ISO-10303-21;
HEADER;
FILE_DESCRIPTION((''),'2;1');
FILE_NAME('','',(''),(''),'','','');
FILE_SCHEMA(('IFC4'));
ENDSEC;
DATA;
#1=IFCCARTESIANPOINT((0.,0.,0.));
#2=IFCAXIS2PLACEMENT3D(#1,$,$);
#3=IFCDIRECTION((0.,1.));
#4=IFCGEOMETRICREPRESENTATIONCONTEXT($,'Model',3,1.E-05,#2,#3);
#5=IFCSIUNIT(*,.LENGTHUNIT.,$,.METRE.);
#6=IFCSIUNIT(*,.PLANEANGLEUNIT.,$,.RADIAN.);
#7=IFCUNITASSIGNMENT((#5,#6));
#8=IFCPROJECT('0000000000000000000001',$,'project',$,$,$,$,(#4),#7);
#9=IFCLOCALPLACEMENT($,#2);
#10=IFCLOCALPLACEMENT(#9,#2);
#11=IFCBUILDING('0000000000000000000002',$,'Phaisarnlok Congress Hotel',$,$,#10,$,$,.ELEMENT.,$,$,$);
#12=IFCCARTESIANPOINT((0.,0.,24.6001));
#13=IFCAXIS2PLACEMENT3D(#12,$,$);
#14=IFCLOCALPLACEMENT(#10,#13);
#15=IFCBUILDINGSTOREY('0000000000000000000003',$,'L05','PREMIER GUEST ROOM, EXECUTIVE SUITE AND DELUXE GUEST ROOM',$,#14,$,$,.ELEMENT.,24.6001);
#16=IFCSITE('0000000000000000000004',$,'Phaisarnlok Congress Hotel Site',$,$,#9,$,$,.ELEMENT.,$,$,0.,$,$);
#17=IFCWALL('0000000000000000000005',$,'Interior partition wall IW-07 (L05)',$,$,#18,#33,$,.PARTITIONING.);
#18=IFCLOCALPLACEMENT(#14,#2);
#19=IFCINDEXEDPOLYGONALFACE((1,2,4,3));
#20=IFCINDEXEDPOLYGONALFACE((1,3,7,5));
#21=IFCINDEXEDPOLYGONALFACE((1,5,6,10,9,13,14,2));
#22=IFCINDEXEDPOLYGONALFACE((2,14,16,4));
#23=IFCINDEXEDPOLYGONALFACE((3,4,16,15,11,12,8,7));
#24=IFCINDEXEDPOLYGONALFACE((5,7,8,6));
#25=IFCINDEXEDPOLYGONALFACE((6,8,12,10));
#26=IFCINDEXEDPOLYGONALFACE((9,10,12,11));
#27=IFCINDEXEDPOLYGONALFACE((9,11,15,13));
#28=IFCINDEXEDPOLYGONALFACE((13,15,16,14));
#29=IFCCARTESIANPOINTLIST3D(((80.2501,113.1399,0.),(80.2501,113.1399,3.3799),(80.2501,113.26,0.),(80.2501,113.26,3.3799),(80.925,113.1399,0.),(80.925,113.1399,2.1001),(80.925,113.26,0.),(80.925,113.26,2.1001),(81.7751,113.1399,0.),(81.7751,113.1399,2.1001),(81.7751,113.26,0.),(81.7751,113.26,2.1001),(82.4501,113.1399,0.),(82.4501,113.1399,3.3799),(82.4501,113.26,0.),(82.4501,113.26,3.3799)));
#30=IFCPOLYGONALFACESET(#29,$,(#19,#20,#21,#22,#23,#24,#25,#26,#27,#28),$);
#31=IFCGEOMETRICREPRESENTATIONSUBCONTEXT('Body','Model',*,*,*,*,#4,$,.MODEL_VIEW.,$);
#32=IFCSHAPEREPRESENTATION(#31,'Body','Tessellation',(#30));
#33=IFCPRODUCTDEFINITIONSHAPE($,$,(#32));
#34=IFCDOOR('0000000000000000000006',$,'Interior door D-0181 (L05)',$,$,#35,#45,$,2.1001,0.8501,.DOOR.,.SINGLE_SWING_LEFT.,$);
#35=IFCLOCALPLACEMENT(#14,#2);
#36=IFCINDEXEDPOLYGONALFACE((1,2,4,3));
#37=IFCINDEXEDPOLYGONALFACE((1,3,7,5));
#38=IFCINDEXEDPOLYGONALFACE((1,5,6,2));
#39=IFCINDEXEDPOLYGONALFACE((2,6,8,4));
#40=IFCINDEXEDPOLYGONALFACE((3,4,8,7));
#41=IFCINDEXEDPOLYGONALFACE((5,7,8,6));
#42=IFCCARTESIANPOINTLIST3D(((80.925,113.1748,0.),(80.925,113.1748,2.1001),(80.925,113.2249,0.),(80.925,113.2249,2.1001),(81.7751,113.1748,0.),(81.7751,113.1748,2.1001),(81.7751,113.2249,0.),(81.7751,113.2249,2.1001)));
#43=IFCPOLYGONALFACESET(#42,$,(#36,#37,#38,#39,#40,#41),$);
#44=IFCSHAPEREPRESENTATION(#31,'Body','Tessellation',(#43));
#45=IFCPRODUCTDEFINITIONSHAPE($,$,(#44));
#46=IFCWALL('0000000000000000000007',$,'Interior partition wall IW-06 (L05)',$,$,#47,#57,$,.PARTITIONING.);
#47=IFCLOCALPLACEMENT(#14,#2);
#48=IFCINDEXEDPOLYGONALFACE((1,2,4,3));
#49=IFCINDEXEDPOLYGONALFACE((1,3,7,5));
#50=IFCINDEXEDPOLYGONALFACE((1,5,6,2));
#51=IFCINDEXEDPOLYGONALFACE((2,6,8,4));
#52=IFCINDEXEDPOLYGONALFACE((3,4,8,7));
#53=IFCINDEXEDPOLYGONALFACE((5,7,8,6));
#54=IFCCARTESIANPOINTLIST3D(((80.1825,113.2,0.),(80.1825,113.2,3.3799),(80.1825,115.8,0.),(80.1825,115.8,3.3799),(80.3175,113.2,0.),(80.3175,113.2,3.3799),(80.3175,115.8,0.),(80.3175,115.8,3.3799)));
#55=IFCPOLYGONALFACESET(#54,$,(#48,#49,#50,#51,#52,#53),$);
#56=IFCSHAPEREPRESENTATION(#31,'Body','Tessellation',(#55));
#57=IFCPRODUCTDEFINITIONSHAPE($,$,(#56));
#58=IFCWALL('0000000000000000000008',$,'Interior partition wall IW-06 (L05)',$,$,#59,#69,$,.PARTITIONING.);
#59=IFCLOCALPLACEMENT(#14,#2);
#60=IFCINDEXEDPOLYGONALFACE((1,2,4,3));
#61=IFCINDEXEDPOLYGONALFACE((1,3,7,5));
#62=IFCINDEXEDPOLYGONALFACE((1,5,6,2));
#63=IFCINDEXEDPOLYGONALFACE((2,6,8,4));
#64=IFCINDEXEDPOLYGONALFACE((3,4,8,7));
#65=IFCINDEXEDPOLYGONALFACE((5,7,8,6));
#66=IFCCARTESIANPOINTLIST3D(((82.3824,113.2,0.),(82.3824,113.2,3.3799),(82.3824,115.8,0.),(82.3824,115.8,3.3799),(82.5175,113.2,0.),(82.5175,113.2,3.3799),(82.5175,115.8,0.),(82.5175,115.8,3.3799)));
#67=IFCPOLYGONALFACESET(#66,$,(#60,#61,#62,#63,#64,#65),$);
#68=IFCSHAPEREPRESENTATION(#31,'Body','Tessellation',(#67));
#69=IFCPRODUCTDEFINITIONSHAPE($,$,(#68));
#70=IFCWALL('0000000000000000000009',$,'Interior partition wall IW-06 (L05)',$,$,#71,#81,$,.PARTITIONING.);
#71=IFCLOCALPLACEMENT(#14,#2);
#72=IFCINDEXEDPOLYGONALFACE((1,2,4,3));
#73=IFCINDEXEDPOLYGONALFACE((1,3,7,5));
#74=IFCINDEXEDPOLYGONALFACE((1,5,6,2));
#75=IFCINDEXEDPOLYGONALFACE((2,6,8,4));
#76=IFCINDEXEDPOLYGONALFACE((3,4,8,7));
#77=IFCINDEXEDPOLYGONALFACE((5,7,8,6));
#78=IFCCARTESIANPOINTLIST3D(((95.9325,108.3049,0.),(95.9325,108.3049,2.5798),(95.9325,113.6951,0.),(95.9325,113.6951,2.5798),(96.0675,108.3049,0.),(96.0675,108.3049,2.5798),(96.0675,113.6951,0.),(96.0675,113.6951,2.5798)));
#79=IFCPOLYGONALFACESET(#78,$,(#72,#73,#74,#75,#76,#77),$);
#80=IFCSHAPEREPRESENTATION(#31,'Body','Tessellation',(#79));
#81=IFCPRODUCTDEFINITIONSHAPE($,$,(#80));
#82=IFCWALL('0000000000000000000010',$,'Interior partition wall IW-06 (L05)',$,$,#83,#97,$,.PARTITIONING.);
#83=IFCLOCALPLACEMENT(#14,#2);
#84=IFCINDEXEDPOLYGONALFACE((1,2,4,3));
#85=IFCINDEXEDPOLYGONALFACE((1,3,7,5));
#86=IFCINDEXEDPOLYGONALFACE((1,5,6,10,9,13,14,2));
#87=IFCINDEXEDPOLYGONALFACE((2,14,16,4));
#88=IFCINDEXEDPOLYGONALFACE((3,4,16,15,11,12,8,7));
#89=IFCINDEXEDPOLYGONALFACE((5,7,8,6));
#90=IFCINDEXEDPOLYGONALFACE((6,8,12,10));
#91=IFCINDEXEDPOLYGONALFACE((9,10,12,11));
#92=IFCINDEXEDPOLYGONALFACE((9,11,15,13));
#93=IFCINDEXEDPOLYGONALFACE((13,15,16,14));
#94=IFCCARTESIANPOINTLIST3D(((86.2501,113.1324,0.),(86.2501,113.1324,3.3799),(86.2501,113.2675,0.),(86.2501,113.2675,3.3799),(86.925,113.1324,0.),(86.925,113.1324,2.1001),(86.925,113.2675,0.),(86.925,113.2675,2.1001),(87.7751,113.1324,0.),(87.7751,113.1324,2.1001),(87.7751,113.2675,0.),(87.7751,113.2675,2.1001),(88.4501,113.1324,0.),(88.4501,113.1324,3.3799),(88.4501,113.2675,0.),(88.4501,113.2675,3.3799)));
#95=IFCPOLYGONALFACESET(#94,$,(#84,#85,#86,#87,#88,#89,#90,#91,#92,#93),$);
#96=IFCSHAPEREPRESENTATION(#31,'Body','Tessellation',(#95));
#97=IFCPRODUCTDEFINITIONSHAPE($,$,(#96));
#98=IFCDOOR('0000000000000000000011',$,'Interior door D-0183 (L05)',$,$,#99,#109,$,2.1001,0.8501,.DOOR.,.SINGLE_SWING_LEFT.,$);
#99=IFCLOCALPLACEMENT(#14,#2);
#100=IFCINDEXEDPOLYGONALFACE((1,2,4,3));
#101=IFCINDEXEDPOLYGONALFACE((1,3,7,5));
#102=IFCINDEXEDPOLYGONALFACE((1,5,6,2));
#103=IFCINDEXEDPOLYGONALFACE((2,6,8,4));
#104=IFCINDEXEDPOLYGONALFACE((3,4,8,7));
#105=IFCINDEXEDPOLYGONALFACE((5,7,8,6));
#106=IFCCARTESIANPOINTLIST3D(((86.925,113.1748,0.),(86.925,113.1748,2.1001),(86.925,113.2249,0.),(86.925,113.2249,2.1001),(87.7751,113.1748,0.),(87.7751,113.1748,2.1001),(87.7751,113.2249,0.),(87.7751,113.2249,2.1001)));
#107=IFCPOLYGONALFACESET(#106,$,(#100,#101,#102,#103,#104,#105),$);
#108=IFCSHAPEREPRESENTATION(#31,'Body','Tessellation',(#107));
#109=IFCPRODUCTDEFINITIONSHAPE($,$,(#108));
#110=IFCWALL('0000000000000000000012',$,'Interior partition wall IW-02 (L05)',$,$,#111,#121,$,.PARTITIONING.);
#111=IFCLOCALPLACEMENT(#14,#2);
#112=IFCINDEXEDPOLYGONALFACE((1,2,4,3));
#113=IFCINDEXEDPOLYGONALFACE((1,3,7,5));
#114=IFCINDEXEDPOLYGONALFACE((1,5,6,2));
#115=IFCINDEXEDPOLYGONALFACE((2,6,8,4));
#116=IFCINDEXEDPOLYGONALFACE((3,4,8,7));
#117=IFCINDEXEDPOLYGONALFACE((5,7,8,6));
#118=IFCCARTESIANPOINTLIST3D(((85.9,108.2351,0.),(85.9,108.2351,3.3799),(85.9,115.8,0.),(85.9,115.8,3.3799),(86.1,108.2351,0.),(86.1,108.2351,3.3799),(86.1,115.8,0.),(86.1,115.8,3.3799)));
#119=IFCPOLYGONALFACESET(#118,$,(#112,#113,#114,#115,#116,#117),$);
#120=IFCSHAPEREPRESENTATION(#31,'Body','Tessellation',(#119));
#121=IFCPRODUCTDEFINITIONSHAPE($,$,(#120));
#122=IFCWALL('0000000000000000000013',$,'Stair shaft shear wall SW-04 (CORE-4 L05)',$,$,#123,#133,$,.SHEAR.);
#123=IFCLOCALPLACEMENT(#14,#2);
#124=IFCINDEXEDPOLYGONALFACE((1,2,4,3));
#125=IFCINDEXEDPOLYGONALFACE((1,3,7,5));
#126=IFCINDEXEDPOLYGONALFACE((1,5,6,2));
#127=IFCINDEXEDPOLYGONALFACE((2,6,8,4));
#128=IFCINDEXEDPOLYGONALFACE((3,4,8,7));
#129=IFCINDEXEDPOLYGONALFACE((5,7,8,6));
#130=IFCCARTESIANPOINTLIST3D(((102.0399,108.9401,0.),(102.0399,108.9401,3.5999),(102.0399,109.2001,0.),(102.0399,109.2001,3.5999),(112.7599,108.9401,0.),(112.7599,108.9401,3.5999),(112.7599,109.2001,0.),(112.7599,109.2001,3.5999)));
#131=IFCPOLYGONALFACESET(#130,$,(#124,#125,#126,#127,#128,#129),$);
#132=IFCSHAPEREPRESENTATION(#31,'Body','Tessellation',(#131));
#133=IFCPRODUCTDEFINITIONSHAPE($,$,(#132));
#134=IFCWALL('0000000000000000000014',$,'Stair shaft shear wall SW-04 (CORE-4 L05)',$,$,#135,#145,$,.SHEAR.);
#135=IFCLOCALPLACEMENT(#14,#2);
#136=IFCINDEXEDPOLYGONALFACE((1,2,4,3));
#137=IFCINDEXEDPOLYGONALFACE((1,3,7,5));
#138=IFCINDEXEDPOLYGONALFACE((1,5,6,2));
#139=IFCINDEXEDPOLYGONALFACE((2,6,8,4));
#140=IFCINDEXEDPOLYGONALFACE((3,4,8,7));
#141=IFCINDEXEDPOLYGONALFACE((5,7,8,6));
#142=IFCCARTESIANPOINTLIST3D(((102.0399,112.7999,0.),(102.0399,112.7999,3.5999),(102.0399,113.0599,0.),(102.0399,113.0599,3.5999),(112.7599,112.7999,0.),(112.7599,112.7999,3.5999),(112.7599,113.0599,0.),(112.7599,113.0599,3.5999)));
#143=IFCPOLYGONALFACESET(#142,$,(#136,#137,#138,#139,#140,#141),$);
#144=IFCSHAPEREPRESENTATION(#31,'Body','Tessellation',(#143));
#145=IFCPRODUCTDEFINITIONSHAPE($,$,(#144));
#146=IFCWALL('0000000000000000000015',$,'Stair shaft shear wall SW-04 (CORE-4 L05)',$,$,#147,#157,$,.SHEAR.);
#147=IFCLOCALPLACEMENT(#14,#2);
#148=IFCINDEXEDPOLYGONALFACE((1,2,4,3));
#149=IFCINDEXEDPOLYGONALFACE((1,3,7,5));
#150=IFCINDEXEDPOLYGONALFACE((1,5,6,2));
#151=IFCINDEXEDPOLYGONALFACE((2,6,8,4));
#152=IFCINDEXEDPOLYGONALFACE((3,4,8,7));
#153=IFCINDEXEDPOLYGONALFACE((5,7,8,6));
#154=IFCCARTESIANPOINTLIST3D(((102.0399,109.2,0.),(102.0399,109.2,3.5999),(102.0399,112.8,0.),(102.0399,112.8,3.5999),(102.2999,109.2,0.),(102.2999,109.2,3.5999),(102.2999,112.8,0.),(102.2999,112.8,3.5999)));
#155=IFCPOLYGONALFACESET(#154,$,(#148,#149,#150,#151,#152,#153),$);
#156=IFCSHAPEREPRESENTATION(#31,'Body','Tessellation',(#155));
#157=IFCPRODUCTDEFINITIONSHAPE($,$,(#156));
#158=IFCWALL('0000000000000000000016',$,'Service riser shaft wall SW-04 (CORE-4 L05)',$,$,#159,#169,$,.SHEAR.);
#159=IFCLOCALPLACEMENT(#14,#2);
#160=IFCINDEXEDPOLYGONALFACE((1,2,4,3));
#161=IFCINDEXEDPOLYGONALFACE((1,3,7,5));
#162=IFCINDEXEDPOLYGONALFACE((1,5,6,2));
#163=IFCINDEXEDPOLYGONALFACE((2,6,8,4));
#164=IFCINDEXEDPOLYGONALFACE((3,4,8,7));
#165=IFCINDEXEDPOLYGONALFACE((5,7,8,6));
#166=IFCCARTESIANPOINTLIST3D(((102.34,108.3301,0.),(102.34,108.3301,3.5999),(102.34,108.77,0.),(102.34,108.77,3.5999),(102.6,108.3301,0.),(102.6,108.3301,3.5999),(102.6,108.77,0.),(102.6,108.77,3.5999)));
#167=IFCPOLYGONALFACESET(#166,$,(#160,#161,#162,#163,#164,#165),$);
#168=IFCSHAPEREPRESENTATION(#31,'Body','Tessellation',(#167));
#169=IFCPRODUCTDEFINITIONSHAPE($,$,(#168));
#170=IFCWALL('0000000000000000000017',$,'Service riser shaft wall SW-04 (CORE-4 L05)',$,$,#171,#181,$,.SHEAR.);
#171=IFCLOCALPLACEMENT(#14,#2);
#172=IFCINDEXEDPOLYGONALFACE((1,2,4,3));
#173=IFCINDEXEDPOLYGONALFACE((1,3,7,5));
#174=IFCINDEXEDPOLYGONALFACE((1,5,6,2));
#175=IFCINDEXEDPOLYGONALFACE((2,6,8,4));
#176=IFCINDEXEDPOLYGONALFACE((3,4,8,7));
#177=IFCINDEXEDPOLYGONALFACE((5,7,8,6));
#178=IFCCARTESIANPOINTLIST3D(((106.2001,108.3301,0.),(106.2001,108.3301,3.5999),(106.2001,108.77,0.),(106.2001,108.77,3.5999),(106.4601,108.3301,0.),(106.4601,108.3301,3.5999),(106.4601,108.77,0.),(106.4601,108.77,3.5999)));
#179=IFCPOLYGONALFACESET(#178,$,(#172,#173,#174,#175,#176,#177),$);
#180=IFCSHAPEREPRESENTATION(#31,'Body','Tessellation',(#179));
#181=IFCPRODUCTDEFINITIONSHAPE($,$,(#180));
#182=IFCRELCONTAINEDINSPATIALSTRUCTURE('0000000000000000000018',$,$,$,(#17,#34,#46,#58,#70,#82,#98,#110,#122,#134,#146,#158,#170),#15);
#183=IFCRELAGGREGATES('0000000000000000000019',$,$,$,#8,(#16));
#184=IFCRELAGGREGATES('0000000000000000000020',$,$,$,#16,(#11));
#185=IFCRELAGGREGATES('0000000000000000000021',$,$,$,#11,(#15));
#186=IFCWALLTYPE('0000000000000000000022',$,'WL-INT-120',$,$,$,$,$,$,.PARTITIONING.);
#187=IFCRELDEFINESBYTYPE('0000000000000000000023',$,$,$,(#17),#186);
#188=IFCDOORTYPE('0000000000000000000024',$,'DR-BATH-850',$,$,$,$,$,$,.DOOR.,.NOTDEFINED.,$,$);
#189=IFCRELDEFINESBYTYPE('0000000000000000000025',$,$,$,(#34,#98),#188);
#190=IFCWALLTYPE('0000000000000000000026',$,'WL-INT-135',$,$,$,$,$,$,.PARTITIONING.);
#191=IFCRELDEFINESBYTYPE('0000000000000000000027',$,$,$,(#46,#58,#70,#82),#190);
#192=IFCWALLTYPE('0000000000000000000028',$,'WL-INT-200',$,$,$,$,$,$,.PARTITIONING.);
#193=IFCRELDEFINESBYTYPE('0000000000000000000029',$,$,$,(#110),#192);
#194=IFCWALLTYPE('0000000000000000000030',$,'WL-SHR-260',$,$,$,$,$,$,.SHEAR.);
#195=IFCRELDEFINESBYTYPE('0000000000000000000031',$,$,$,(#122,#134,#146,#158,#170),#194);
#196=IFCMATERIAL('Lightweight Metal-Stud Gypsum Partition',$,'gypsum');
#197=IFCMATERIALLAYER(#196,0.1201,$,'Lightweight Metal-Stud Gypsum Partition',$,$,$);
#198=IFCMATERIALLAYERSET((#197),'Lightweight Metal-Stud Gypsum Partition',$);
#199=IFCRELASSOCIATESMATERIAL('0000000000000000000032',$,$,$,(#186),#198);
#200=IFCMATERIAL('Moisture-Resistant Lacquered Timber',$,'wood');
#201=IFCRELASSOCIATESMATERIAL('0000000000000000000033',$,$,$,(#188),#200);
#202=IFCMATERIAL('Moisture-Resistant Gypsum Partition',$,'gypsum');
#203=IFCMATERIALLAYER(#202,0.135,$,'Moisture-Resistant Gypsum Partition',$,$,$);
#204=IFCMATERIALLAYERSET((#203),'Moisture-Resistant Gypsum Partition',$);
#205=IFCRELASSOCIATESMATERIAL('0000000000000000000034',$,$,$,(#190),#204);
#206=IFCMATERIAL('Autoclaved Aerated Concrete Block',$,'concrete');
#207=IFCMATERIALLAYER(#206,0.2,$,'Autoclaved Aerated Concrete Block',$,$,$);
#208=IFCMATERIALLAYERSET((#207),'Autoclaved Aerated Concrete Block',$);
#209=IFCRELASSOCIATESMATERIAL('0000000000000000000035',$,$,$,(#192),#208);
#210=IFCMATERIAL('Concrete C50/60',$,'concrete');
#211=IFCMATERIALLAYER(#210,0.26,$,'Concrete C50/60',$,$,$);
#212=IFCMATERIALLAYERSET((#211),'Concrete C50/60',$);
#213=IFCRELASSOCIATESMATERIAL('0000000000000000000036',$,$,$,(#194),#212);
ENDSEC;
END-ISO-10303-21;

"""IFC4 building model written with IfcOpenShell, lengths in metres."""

from ifc_helpers import new_model, si_unit, direction, frame, frame_2d, origin, place, context, subcontext, project, spatial, rectangle, extrude, material, layer, layer_set, type_object, element, fill, save


model = new_model("IFC4")

# Units and contexts
model_context = context("Model", 3, precision=1e-05, world=origin(), true_north=direction((0.0, 1.0)))
body_context = subcontext(model_context, "Body", "Model", "MODEL_VIEW")
ifc_project = project(units=[si_unit("LENGTHUNIT", "METRE"), si_unit("PLANEANGLEUNIT", "RADIAN")], contexts=[model_context])

# Site, building, storey
site_placement = place(None, origin())
site = spatial("IfcSite", under=ifc_project, at=site_placement, Name="Phaisarnlok Congress Hotel Site", CompositionType="ELEMENT", RefElevation=0.0)
building_placement = place(site_placement, origin())
building = spatial("IfcBuilding", under=site, at=building_placement, Name="Phaisarnlok Congress Hotel", CompositionType="ELEMENT")
storey_placement = place(building_placement, frame((0.0, 0.0, 24.6001)))
storey = spatial("IfcBuildingStorey", under=building, at=storey_placement, Name="L05", Description="PREMIER GUEST ROOM, EXECUTIVE SUITE AND DELUXE GUEST ROOM", CompositionType="ELEMENT", Elevation=24.6001)

# Shared definitions
ifc_material_1 = material(Name="Concrete C50/60", Category="concrete")

# Shared definitions
ifc_material_2 = material(Name="Lightweight Metal-Stud Gypsum Partition", Category="gypsum")
ifc_layer_1 = layer(ifc_material_2, 0.1201, Name="Lightweight Metal-Stud Gypsum Partition")
ifc_layer_set_1 = layer_set([ifc_layer_1], Name="Lightweight Metal-Stud Gypsum Partition")
wall_type_1 = type_object("IfcWallType", Name="WL-INT-120", PredefinedType="PARTITIONING", material=ifc_layer_set_1)

# Wall, opening, door
wall_1_placement = place(storey_placement, frame((80.25, 113.2, 0.0), z_axis=(0.0, 0.0, 1.0), x_axis=(1.0, 0.0, 0.0)))
wall_1 = element("IfcWall", 1, at=wall_1_placement, inside=storey, type_object=wall_type_1, Name="Interior partition wall IW-07 (L05)", PredefinedType="PARTITIONING", context=body_context, shape_type="SweptSolid", body=[
    extrude(rectangle(XDim=2.2, YDim=0.1201, at=frame_2d((1.1001, 0.0))), origin(), (0.0, 0.0, 1.0), 3.3799),
])
opening_1_placement = place(wall_1_placement, frame((0.675, 0.0, 0.0)))
opening_1 = element("IfcOpeningElement", 2, at=opening_1_placement, cuts=wall_1, PredefinedType="OPENING", context=body_context, shape_type="SweptSolid", body=[
    extrude(rectangle(XDim=0.8501, YDim=2.1001, at=frame_2d((0.425, 1.05))), frame((0.0, 0.0701, 0.0), z_axis=(0.0, -1.0, 0.0), x_axis=(1.0, 0.0, 0.0)), (0.0, 0.0, 1.0), 0.1401),
])
ifc_material_3 = material(Name="Moisture-Resistant Lacquered Timber", Category="wood")
door_type = type_object("IfcDoorType", Name="DR-BATH-850", OperationType="NOTDEFINED", PredefinedType="DOOR", material=ifc_material_3)
door_1_placement = place(opening_1_placement, origin())
door_1 = element("IfcDoor", 3, at=door_1_placement, inside=storey, type_object=door_type, Name="Interior door D-0181 (L05)", OperationType="SINGLE_SWING_LEFT", OverallHeight=2.1001, OverallWidth=0.8501, PredefinedType="DOOR", context=body_context, shape_type="SweptSolid", body=[
    extrude(rectangle(XDim=0.8501, YDim=2.1001, at=frame_2d((0.425, 1.05))), frame((0.0, 0.0249, 0.0), z_axis=(0.0, -1.0, 0.0), x_axis=(1.0, 0.0, 0.0)), (0.0, 0.0, 1.0), 0.05),
])
fill(opening_1, door_1)

# Walls
ifc_material_4 = material(Name="Moisture-Resistant Gypsum Partition", Category="gypsum")
ifc_layer_2 = layer(ifc_material_4, 0.135, Name="Moisture-Resistant Gypsum Partition")
ifc_layer_set_2 = layer_set([ifc_layer_2], Name="Moisture-Resistant Gypsum Partition")
wall_type_2 = type_object("IfcWallType", Name="WL-INT-135", PredefinedType="PARTITIONING", material=ifc_layer_set_2)
for number, where, z_axis, x_axis, name in (
    (4, (80.25, 113.2, 0.0), (0.0, 0.0, 1.0), (0.0, 1.0, 0.0), "Interior partition wall IW-06 (L05)"),
    (5, (82.45, 113.2, 0.0), (0.0, 0.0, 1.0), (0.0, 1.0, 0.0), "Interior partition wall IW-06 (L05)"),
):
    element("IfcWall", number, at=place(storey_placement, frame(where, z_axis=z_axis, x_axis=x_axis)), inside=storey, type_object=wall_type_2, Name=name, PredefinedType="PARTITIONING", context=body_context, shape_type="SweptSolid", body=[
        extrude(rectangle(XDim=2.6001, YDim=0.135, at=frame_2d((1.3, 0.0))), origin(), (0.0, 0.0, 1.0), 3.3799),
    ])
wall_2_placement = place(storey_placement, frame((96.0, 108.3049, 0.0), z_axis=(0.0, 0.0, 1.0), x_axis=(0.0, 1.0, 0.0)))
element("IfcWall", 6, at=wall_2_placement, inside=storey, type_object=wall_type_2, Name="Interior partition wall IW-06 (L05)", PredefinedType="PARTITIONING", context=body_context, shape_type="SweptSolid", body=[
    extrude(rectangle(XDim=5.3901, YDim=0.135, at=frame_2d((2.6951, 0.0))), origin(), (0.0, 0.0, 1.0), 2.5798),
])

# Wall, opening, door
wall_3_placement = place(storey_placement, frame((86.25, 113.2, 0.0), z_axis=(0.0, 0.0, 1.0), x_axis=(1.0, 0.0, 0.0)))
wall_3 = element("IfcWall", 7, at=wall_3_placement, inside=storey, type_object=wall_type_2, Name="Interior partition wall IW-06 (L05)", PredefinedType="PARTITIONING", context=body_context, shape_type="SweptSolid", body=[
    extrude(rectangle(XDim=2.2, YDim=0.135, at=frame_2d((1.1001, 0.0))), origin(), (0.0, 0.0, 1.0), 3.3799),
])
opening_2_placement = place(wall_3_placement, frame((0.675, 0.0, 0.0)))
opening_2 = element("IfcOpeningElement", 8, at=opening_2_placement, cuts=wall_3, PredefinedType="OPENING", context=body_context, shape_type="SweptSolid", body=[
    extrude(rectangle(XDim=0.8501, YDim=2.1001, at=frame_2d((0.425, 1.05))), frame((0.0, 0.0776, 0.0), z_axis=(0.0, -1.0, 0.0), x_axis=(1.0, 0.0, 0.0)), (0.0, 0.0, 1.0), 0.155),
])
door_2_placement = place(opening_2_placement, origin())
door_2 = element("IfcDoor", 9, at=door_2_placement, inside=storey, type_object=door_type, Name="Interior door D-0183 (L05)", OperationType="SINGLE_SWING_LEFT", OverallHeight=2.1001, OverallWidth=0.8501, PredefinedType="DOOR", context=body_context, shape_type="SweptSolid", body=[
    extrude(rectangle(XDim=0.8501, YDim=2.1001, at=frame_2d((0.425, 1.05))), frame((0.0, 0.0249, 0.0), z_axis=(0.0, -1.0, 0.0), x_axis=(1.0, 0.0, 0.0)), (0.0, 0.0, 1.0), 0.05),
])
fill(opening_2, door_2)

# Walls
ifc_material_5 = material(Name="Autoclaved Aerated Concrete Block", Category="concrete")
ifc_layer_3 = layer(ifc_material_5, 0.2, Name="Autoclaved Aerated Concrete Block")
ifc_layer_set_3 = layer_set([ifc_layer_3], Name="Autoclaved Aerated Concrete Block")
wall_type_3 = type_object("IfcWallType", Name="WL-INT-200", PredefinedType="PARTITIONING", material=ifc_layer_set_3)
wall_4_placement = place(storey_placement, frame((86.0, 108.2351, 0.0), z_axis=(0.0, 0.0, 1.0), x_axis=(0.0, 1.0, 0.0)))
element("IfcWall", 10, at=wall_4_placement, inside=storey, type_object=wall_type_3, Name="Interior partition wall IW-02 (L05)", PredefinedType="PARTITIONING", context=body_context, shape_type="SweptSolid", body=[
    extrude(rectangle(XDim=7.5649, YDim=0.2, at=frame_2d((3.7825, 0.0))), origin(), (0.0, 0.0, 1.0), 3.3799),
])
ifc_layer_4 = layer(ifc_material_1, 0.26, Name="Concrete C50/60")
ifc_layer_set_4 = layer_set([ifc_layer_4], Name="Concrete C50/60")
wall_type_4 = type_object("IfcWallType", Name="WL-SHR-260", PredefinedType="SHEAR", material=ifc_layer_set_4)
for number, where, z_axis, x_axis, name in (
    (11, (102.04, 109.0701, 0.0), (0.0, 0.0, 1.0), (1.0, 0.0, 0.0), "Stair shaft shear wall SW-04 (CORE-4 L05)"),
    (12, (102.04, 112.9299, 0.0), (0.0, 0.0, 1.0), (1.0, 0.0, 0.0), "Stair shaft shear wall SW-04 (CORE-4 L05)"),
):
    element("IfcWall", number, at=place(storey_placement, frame(where, z_axis=z_axis, x_axis=x_axis)), inside=storey, type_object=wall_type_4, Name=name, PredefinedType="SHEAR", context=body_context, shape_type="SweptSolid", body=[
        extrude(rectangle(XDim=10.72, YDim=0.26, at=frame_2d((5.3599, 0.0))), origin(), (0.0, 0.0, 1.0), 3.5999),
    ])
wall_5_placement = place(storey_placement, frame((102.1699, 109.2, 0.0), z_axis=(0.0, 0.0, 1.0), x_axis=(0.0, 1.0, 0.0)))
element("IfcWall", 13, at=wall_5_placement, inside=storey, type_object=wall_type_4, Name="Stair shaft shear wall SW-04 (CORE-4 L05)", PredefinedType="SHEAR", context=body_context, shape_type="SweptSolid", body=[
    extrude(rectangle(XDim=3.6001, YDim=0.26, at=frame_2d((1.8, 0.0))), origin(), (0.0, 0.0, 1.0), 3.5999),
])
for number, where, z_axis, x_axis, name in (
    (14, (102.47, 108.3301, 0.0), (0.0, 0.0, 1.0), (0.0, 1.0, 0.0), "Service riser shaft wall SW-04 (CORE-4 L05)"),
    (15, (106.3301, 108.3301, 0.0), (0.0, 0.0, 1.0), (0.0, 1.0, 0.0), "Service riser shaft wall SW-04 (CORE-4 L05)"),
):
    element("IfcWall", number, at=place(storey_placement, frame(where, z_axis=z_axis, x_axis=x_axis)), inside=storey, type_object=wall_type_4, Name=name, PredefinedType="SHEAR", context=body_context, shape_type="SweptSolid", body=[
        extrude(rectangle(XDim=0.4399, YDim=0.26, at=frame_2d((0.22, 0.0))), origin(), (0.0, 0.0, 1.0), 3.5999),
    ])

save(model, "model.ifc")
